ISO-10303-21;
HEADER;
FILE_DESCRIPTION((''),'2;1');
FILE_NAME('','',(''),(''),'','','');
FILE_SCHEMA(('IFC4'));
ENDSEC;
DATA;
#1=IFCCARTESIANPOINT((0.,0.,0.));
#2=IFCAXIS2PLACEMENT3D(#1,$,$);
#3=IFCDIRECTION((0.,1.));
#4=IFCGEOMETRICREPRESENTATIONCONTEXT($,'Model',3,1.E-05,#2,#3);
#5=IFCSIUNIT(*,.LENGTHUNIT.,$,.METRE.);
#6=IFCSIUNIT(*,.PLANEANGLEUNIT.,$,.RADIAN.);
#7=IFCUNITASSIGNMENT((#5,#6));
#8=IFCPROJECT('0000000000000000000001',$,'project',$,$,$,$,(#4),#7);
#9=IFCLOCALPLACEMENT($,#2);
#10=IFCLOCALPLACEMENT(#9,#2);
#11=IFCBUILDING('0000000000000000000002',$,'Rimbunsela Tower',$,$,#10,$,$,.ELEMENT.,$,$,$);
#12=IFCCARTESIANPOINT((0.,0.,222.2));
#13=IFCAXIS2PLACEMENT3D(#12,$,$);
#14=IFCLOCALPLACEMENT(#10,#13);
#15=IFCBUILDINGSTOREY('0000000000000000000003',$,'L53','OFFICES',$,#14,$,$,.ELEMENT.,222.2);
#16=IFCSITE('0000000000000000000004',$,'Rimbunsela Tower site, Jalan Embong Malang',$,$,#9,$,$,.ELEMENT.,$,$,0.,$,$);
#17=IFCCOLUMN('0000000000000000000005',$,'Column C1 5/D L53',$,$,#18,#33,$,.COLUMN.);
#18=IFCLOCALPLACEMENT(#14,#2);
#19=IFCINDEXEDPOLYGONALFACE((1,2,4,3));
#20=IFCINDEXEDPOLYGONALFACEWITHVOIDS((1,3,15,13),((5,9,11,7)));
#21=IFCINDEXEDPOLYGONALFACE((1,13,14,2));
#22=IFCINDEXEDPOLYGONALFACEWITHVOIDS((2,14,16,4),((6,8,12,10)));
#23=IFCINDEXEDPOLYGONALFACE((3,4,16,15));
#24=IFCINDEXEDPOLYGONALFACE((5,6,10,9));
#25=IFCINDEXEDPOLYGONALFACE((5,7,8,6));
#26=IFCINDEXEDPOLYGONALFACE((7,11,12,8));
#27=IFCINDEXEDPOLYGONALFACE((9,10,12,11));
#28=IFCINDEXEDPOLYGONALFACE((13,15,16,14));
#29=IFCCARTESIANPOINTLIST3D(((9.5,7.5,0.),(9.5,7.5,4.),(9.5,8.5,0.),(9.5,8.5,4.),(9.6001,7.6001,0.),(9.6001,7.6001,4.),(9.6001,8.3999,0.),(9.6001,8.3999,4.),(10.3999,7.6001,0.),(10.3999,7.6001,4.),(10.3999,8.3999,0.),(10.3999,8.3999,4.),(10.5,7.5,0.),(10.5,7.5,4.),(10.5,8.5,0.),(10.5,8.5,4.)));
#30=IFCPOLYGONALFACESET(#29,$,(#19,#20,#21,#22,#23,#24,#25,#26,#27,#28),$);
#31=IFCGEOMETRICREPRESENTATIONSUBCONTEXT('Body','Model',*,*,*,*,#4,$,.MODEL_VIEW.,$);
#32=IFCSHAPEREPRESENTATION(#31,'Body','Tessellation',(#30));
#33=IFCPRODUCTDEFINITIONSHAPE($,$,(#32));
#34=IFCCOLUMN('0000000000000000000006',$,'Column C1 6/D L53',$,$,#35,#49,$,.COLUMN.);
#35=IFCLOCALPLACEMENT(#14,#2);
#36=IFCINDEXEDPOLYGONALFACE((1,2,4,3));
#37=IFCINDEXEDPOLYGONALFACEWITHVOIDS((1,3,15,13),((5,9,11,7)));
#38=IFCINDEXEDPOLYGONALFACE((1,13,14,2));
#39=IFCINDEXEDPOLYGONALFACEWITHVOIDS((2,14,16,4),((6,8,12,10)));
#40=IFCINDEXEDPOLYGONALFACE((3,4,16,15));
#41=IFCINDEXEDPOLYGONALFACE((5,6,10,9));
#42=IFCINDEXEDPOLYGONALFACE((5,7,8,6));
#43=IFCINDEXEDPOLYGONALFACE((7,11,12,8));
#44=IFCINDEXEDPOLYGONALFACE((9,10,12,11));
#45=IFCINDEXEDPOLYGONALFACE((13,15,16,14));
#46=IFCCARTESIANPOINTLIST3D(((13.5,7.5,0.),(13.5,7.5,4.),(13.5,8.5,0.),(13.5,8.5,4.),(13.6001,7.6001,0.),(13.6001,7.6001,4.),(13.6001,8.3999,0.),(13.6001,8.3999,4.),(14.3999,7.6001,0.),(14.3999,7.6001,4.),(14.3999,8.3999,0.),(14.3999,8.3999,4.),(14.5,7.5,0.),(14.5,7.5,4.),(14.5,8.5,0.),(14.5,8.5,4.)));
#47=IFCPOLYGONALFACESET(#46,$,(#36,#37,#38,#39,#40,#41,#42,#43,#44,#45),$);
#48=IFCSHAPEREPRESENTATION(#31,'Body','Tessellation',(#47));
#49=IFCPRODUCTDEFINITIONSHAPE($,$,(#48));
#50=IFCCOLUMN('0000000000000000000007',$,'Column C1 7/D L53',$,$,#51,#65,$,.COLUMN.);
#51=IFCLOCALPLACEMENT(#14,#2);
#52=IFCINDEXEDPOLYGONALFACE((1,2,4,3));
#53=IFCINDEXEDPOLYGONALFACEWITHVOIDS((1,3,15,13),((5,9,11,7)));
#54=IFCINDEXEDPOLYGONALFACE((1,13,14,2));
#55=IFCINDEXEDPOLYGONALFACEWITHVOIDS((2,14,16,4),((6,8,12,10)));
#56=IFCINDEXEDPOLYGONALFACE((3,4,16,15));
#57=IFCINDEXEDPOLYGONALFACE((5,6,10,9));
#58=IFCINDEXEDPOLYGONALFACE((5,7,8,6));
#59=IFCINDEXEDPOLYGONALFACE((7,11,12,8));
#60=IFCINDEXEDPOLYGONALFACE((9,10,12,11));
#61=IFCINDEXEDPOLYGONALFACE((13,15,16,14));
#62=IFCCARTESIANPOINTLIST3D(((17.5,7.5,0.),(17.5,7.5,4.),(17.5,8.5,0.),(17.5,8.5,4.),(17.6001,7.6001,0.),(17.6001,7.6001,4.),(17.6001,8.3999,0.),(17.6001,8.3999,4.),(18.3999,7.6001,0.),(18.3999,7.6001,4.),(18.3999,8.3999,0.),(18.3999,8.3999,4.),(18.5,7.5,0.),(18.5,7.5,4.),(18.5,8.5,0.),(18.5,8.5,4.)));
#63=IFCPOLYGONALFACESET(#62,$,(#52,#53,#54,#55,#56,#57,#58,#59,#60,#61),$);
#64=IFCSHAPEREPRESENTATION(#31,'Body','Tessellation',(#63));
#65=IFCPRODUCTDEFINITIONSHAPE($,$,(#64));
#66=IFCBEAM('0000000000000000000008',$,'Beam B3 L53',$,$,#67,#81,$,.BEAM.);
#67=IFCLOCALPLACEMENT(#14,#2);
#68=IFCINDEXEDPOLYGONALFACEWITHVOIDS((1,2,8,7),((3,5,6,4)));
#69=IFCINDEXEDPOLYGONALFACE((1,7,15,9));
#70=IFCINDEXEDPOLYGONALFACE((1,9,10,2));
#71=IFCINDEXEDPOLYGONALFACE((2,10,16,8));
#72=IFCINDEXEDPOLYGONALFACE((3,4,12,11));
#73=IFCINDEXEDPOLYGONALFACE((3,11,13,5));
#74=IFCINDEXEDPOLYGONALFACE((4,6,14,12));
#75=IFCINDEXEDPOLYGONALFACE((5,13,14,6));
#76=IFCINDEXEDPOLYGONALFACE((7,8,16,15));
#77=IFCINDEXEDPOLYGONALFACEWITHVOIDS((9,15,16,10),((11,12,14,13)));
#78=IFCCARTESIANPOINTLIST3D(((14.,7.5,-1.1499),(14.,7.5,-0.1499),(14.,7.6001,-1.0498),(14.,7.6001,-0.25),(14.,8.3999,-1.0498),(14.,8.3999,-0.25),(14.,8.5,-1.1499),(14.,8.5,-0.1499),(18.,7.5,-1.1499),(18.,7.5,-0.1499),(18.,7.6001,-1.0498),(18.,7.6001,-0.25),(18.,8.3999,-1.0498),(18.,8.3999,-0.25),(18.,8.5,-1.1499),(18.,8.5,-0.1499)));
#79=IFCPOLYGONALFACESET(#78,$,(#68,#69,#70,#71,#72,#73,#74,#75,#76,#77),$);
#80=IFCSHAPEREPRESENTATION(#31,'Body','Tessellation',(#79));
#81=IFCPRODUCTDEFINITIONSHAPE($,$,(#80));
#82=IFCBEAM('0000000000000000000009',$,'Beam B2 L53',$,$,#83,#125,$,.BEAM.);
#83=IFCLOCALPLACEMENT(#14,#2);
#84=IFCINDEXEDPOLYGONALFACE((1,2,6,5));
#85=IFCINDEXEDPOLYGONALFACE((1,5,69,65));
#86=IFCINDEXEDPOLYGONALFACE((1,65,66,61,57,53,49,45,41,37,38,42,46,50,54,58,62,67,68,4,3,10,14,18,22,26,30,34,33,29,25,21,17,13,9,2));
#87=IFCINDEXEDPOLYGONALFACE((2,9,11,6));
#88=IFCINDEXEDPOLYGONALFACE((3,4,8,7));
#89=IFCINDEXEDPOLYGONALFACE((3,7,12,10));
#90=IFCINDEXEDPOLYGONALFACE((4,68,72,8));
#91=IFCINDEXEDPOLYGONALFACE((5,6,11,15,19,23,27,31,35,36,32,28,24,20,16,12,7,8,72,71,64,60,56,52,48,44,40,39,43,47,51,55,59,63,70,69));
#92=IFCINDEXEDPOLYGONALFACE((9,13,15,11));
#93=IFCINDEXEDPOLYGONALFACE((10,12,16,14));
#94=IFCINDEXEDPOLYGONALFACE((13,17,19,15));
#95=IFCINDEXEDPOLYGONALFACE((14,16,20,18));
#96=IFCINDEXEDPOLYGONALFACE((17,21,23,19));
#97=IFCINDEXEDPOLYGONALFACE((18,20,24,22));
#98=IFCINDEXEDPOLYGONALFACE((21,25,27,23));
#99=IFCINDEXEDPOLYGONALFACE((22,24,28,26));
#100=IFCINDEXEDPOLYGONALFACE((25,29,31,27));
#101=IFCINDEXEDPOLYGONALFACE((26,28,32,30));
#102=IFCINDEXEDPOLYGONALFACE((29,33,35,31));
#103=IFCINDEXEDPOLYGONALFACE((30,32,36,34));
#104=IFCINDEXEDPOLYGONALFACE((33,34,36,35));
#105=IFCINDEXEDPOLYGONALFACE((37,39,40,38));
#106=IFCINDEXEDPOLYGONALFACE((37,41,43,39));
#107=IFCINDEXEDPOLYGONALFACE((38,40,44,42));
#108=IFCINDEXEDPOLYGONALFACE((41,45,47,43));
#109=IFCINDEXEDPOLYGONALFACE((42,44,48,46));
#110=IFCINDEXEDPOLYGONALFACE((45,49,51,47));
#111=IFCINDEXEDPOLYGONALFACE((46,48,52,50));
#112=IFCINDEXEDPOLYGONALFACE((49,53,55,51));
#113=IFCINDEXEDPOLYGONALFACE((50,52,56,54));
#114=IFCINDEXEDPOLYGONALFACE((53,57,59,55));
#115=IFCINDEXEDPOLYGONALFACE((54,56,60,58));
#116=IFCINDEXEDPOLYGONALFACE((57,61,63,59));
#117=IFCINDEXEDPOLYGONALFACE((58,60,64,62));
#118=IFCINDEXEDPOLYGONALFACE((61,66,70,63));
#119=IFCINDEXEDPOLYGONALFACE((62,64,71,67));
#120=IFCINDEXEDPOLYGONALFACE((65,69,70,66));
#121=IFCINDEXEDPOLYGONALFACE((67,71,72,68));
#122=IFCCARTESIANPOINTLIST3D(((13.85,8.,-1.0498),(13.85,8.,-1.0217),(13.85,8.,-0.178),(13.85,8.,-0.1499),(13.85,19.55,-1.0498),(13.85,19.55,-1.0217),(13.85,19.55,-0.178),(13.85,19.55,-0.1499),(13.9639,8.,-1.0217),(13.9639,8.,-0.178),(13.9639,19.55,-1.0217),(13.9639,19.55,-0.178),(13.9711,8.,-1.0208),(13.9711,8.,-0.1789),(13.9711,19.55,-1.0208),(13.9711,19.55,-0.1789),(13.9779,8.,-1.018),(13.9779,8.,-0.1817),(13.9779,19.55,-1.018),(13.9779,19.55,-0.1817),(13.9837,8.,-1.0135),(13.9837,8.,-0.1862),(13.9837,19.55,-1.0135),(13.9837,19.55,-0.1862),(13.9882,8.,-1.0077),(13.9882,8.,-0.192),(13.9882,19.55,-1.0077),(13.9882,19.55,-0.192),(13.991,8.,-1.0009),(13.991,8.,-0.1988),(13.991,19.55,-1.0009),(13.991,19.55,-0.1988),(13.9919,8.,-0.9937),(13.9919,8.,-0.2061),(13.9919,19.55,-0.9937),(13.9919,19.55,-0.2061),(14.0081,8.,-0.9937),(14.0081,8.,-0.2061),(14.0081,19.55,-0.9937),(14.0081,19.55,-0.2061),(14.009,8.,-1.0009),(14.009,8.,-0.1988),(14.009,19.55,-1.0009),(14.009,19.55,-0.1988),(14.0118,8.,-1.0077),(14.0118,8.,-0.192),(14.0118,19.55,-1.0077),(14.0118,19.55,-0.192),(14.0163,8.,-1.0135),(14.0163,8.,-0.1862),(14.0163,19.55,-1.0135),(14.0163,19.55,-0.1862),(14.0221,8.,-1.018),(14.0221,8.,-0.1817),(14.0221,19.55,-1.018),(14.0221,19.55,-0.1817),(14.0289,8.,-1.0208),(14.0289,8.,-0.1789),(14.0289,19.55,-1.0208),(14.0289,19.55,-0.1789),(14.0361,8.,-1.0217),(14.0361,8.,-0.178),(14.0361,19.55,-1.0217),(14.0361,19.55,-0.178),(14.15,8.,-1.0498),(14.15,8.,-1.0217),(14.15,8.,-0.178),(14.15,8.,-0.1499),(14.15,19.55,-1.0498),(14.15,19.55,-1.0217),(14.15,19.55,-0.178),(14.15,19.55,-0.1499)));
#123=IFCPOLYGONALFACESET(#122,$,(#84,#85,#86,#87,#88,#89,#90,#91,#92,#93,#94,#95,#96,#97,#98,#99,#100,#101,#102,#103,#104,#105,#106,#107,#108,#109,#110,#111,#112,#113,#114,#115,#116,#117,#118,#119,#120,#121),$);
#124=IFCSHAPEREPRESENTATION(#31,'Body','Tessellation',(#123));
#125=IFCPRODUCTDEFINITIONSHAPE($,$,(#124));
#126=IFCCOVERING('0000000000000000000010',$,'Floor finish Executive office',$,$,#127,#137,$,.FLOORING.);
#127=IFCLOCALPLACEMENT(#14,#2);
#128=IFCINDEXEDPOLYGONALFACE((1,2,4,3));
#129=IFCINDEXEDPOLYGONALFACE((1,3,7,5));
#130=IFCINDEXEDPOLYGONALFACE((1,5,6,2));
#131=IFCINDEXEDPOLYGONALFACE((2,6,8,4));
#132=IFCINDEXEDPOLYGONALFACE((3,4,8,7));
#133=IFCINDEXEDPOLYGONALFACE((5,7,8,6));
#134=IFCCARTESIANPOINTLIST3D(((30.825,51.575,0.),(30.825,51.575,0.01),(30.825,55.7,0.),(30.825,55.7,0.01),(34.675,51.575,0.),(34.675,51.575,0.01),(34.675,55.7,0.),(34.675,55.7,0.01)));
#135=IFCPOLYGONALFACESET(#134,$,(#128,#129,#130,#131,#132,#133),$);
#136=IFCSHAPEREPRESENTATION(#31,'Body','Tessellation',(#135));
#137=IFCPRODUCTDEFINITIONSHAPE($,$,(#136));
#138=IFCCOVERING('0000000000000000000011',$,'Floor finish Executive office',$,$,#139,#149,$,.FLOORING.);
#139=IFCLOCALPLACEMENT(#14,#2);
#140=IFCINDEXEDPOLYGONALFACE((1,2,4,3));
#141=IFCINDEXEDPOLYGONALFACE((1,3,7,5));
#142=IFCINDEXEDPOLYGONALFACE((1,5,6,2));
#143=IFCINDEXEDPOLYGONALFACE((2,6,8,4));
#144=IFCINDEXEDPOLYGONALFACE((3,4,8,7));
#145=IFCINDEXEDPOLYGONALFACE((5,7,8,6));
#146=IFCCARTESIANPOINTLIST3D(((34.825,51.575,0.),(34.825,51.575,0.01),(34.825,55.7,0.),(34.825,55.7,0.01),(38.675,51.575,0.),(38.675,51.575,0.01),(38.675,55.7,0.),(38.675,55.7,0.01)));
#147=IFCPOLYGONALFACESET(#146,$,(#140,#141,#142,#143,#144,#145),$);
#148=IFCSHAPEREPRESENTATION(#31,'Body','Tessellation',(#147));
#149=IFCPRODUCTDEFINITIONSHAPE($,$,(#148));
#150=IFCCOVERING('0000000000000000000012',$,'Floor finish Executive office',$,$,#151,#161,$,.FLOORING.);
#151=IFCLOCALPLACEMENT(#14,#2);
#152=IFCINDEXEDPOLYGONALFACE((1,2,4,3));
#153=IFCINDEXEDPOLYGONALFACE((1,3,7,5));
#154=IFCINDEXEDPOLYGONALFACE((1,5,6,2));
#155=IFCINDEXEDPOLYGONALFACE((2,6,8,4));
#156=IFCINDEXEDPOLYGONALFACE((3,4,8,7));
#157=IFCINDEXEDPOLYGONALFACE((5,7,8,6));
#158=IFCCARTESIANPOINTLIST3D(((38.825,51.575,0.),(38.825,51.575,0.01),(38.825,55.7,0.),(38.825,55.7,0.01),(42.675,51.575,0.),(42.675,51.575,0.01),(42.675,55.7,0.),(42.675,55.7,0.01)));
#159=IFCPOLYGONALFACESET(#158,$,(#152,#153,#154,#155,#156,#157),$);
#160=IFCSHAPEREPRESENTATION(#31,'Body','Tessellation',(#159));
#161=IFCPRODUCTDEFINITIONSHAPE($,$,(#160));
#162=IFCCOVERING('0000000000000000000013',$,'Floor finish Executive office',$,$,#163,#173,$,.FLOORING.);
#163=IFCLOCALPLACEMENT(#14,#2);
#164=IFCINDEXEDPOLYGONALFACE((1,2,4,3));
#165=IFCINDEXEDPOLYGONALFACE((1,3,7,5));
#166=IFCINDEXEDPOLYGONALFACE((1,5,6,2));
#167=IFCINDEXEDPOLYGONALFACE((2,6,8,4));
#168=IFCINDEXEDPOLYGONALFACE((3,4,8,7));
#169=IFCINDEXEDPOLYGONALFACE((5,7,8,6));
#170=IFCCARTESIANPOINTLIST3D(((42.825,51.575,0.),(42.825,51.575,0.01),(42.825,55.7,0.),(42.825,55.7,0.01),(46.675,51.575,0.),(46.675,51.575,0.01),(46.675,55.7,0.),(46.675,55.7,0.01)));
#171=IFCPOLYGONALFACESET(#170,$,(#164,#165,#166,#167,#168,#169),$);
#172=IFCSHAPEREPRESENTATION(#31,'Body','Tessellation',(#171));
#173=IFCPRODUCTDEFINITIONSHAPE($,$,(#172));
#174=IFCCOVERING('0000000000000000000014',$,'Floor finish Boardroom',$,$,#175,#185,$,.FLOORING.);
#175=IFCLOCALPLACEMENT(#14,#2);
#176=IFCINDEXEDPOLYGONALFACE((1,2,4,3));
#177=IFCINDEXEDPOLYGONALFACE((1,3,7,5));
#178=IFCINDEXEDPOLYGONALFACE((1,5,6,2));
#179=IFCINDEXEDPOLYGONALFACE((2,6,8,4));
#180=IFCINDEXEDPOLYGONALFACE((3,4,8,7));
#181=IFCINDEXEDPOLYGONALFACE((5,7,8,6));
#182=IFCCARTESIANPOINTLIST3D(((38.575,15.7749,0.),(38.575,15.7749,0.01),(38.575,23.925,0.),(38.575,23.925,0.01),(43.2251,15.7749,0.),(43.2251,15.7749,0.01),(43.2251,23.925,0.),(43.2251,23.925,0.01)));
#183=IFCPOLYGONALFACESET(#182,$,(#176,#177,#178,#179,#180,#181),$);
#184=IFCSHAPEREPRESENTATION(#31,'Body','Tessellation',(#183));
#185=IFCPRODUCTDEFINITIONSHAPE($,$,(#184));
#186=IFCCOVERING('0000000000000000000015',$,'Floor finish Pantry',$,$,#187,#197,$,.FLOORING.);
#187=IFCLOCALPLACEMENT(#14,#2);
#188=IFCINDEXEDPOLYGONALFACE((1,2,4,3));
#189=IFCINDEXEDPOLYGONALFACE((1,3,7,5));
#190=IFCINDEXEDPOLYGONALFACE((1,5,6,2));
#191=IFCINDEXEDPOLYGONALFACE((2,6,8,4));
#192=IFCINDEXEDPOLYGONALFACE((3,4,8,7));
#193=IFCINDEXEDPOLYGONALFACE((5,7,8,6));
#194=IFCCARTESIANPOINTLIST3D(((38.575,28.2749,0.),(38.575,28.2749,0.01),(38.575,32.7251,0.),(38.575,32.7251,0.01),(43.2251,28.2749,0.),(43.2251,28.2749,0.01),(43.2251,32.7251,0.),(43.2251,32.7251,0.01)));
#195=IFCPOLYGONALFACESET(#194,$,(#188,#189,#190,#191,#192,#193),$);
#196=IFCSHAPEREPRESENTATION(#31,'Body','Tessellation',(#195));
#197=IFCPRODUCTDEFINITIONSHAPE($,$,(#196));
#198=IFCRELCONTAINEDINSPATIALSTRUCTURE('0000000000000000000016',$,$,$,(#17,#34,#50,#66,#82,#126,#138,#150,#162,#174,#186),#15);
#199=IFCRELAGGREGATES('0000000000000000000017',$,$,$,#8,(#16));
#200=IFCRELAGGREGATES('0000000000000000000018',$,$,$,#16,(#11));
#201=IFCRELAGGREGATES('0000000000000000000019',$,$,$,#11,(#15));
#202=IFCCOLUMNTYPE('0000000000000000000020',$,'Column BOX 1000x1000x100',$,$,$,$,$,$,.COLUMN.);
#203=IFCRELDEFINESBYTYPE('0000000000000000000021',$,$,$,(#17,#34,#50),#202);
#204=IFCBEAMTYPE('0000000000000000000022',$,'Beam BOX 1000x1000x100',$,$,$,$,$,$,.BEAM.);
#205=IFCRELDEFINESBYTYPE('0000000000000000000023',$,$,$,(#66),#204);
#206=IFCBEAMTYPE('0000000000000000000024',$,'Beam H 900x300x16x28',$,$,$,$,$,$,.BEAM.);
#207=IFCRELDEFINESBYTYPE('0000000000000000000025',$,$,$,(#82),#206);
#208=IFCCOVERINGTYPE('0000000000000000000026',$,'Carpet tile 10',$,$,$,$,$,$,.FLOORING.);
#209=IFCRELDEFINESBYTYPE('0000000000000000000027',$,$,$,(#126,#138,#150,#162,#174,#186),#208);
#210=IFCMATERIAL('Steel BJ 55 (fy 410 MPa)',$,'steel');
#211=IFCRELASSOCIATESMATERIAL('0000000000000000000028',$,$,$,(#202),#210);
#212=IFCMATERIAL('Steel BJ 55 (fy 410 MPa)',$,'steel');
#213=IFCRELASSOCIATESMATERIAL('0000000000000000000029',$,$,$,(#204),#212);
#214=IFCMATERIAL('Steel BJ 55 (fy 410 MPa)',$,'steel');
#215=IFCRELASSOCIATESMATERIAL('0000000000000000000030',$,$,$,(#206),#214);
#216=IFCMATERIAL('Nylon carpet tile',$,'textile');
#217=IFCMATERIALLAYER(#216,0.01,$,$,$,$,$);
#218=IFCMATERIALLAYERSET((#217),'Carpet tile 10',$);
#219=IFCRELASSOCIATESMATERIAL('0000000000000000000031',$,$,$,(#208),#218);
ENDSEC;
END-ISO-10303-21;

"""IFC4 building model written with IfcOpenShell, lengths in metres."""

from ifc_helpers import new_model, si_unit, direction, frame, origin, origin_2d, place, context, subcontext, project, spatial, polyline, hollow_rectangle, i_section, outline, extrude, material, layer, layer_set, material_profile, profile_set, type_object, element, save


model = new_model("IFC4")

# Units and contexts
model_context = context("Model", 3, precision=1e-05, world=origin(), true_north=direction((0.0, 1.0)))
body_context = subcontext(model_context, "Body", "Model", "MODEL_VIEW")
ifc_project = project(units=[si_unit("LENGTHUNIT", "METRE"), si_unit("PLANEANGLEUNIT", "RADIAN")], contexts=[model_context])

# Site, building, storey
site_placement = place(None, origin())
site = spatial("IfcSite", under=ifc_project, at=site_placement, Name="Rimbunsela Tower site, Jalan Embong Malang", CompositionType="ELEMENT", RefElevation=0.0)
building_placement = place(site_placement, origin())
building = spatial("IfcBuilding", under=site, at=building_placement, Name="Rimbunsela Tower", CompositionType="ELEMENT")
storey_placement = place(building_placement, frame((0.0, 0.0, 222.2)))
storey = spatial("IfcBuildingStorey", under=building, at=storey_placement, Name="L53", Description="OFFICES", CompositionType="ELEMENT", Elevation=222.2)

# Columns
ifc_material_1 = material(Name="Steel BJ 55 (fy 410 MPa)", Category="steel")
ifc_material_profile_1 = material_profile(ifc_material_1, hollow_rectangle(XDim=1.0, YDim=1.0, WallThickness=0.1001, at=origin_2d()), Name="BOX 1000x1000x100")
ifc_profile_set_1 = profile_set([ifc_material_profile_1], Name="Steel BJ 55 (fy 410 MPa)")
column_type = type_object("IfcColumnType", Name="Column BOX 1000x1000x100", PredefinedType="COLUMN", material=ifc_profile_set_1)
for number, where, z_axis, x_axis, name in (
    (1, (10.0, 8.0, 0.0), (0.0, 0.0, 1.0), (1.0, 0.0, 0.0), "Column C1 5/D L53"),
    (2, (14.0, 8.0, 0.0), (0.0, 0.0, 1.0), (1.0, 0.0, 0.0), "Column C1 6/D L53"),
    (3, (18.0, 8.0, 0.0), (0.0, 0.0, 1.0), (1.0, 0.0, 0.0), "Column C1 7/D L53"),
):
    element("IfcColumn", number, at=place(storey_placement, frame(where, z_axis=z_axis, x_axis=x_axis)), inside=storey, type_object=column_type, Name=name, PredefinedType="COLUMN", context=body_context, shape_type="SweptSolid", body=[
        extrude(hollow_rectangle(XDim=1.0, YDim=1.0, WallThickness=0.1001, at=origin_2d()), origin(), (0.0, 0.0, 1.0), 4.0),
    ])

# Beams
ifc_material_2 = material(Name="Steel BJ 55 (fy 410 MPa)", Category="steel")
ifc_material_profile_2 = material_profile(ifc_material_2, hollow_rectangle(XDim=1.0, YDim=1.0, WallThickness=0.1001, at=origin_2d()), Name="BOX 1000x1000x100")
ifc_profile_set_2 = profile_set([ifc_material_profile_2], Name="Steel BJ 55 (fy 410 MPa)")
beam_type_1 = type_object("IfcBeamType", Name="Beam BOX 1000x1000x100", PredefinedType="BEAM", material=ifc_profile_set_2)
beam_1_placement = place(storey_placement, frame((14.0, 8.0, -0.6499), z_axis=(1.0, 0.0, 0.0), x_axis=(0.0, 1.0, 0.0)))
element("IfcBeam", 4, at=beam_1_placement, inside=storey, type_object=beam_type_1, Name="Beam B3 L53", PredefinedType="BEAM", context=body_context, shape_type="SweptSolid", body=[
    extrude(hollow_rectangle(XDim=1.0, YDim=1.0, WallThickness=0.1001, at=origin_2d()), origin(), (0.0, 0.0, 1.0), 4.0),
])
ifc_material_3 = material(Name="Steel BJ 55 (fy 410 MPa)", Category="steel")
ifc_material_profile_3 = material_profile(ifc_material_3, i_section(OverallWidth=0.3, OverallDepth=0.8999, WebThickness=0.0161, FlangeThickness=0.0281, FilletRadius=0.0281, at=origin_2d()), Name="H 900x300x16x28")
ifc_profile_set_3 = profile_set([ifc_material_profile_3], Name="Steel BJ 55 (fy 410 MPa)")
beam_type_2 = type_object("IfcBeamType", Name="Beam H 900x300x16x28", PredefinedType="BEAM", material=ifc_profile_set_3)
beam_2_placement = place(storey_placement, frame((14.0, 8.0, -0.5999), z_axis=(0.0, 1.0, 0.0), x_axis=(-1.0, 0.0, 0.0)))
element("IfcBeam", 5, at=beam_2_placement, inside=storey, type_object=beam_type_2, Name="Beam B2 L53", PredefinedType="BEAM", context=body_context, shape_type="SweptSolid", body=[
    extrude(i_section(OverallWidth=0.3, OverallDepth=0.8999, WebThickness=0.0161, FlangeThickness=0.0281, FilletRadius=0.0281, at=origin_2d()), origin(), (0.0, 0.0, 1.0), 11.55),
])

# Coverings
ifc_material_4 = material(Name="Nylon carpet tile", Category="textile")
ifc_layer_1 = layer(ifc_material_4, 0.01)
ifc_layer_set_1 = layer_set([ifc_layer_1], Name="Carpet tile 10")
covering_type_1 = type_object("IfcCoveringType", Name="Carpet tile 10", PredefinedType="FLOORING", material=ifc_layer_set_1)
covering_1_placement = place(storey_placement, origin())
element("IfcCovering", 6, at=covering_1_placement, inside=storey, type_object=covering_type_1, Name="Floor finish Executive office", PredefinedType="FLOORING", context=body_context, shape_type="SweptSolid", body=[
    extrude(outline(polyline([(34.675, 51.575), (34.675, 55.7), (30.825, 55.7), (30.825, 51.575), (34.675, 51.575)])), origin(), (0.0, 0.0, 1.0), 0.01),
])
covering_2_placement = place(storey_placement, origin())
element("IfcCovering", 7, at=covering_2_placement, inside=storey, type_object=covering_type_1, Name="Floor finish Executive office", PredefinedType="FLOORING", context=body_context, shape_type="SweptSolid", body=[
    extrude(outline(polyline([(38.675, 51.575), (38.675, 55.7), (34.825, 55.7), (34.825, 51.575), (38.675, 51.575)])), origin(), (0.0, 0.0, 1.0), 0.01),
])
covering_3_placement = place(storey_placement, origin())
element("IfcCovering", 8, at=covering_3_placement, inside=storey, type_object=covering_type_1, Name="Floor finish Executive office", PredefinedType="FLOORING", context=body_context, shape_type="SweptSolid", body=[
    extrude(outline(polyline([(42.675, 51.575), (42.675, 55.7), (38.825, 55.7), (38.825, 51.575), (42.675, 51.575)])), origin(), (0.0, 0.0, 1.0), 0.01),
])
covering_4_placement = place(storey_placement, origin())
element("IfcCovering", 9, at=covering_4_placement, inside=storey, type_object=covering_type_1, Name="Floor finish Executive office", PredefinedType="FLOORING", context=body_context, shape_type="SweptSolid", body=[
    extrude(outline(polyline([(46.675, 51.575), (46.675, 55.7), (42.825, 55.7), (42.825, 51.575), (46.675, 51.575)])), origin(), (0.0, 0.0, 1.0), 0.01),
])
covering_5_placement = place(storey_placement, origin())
element("IfcCovering", 10, at=covering_5_placement, inside=storey, type_object=covering_type_1, Name="Floor finish Boardroom", PredefinedType="FLOORING", context=body_context, shape_type="SweptSolid", body=[
    extrude(outline(polyline([(43.2251, 15.7749), (43.2251, 23.925), (38.575, 23.925), (38.575, 15.7749), (43.2251, 15.7749)])), origin(), (0.0, 0.0, 1.0), 0.01),
])
covering_6_placement = place(storey_placement, origin())
element("IfcCovering", 11, at=covering_6_placement, inside=storey, type_object=covering_type_1, Name="Floor finish Pantry", PredefinedType="FLOORING", context=body_context, shape_type="SweptSolid", body=[
    extrude(outline(polyline([(43.2251, 28.2749), (43.2251, 32.7251), (38.575, 32.7251), (38.575, 28.2749), (43.2251, 28.2749)])), origin(), (0.0, 0.0, 1.0), 0.01),
])

save(model, "model.ifc")
